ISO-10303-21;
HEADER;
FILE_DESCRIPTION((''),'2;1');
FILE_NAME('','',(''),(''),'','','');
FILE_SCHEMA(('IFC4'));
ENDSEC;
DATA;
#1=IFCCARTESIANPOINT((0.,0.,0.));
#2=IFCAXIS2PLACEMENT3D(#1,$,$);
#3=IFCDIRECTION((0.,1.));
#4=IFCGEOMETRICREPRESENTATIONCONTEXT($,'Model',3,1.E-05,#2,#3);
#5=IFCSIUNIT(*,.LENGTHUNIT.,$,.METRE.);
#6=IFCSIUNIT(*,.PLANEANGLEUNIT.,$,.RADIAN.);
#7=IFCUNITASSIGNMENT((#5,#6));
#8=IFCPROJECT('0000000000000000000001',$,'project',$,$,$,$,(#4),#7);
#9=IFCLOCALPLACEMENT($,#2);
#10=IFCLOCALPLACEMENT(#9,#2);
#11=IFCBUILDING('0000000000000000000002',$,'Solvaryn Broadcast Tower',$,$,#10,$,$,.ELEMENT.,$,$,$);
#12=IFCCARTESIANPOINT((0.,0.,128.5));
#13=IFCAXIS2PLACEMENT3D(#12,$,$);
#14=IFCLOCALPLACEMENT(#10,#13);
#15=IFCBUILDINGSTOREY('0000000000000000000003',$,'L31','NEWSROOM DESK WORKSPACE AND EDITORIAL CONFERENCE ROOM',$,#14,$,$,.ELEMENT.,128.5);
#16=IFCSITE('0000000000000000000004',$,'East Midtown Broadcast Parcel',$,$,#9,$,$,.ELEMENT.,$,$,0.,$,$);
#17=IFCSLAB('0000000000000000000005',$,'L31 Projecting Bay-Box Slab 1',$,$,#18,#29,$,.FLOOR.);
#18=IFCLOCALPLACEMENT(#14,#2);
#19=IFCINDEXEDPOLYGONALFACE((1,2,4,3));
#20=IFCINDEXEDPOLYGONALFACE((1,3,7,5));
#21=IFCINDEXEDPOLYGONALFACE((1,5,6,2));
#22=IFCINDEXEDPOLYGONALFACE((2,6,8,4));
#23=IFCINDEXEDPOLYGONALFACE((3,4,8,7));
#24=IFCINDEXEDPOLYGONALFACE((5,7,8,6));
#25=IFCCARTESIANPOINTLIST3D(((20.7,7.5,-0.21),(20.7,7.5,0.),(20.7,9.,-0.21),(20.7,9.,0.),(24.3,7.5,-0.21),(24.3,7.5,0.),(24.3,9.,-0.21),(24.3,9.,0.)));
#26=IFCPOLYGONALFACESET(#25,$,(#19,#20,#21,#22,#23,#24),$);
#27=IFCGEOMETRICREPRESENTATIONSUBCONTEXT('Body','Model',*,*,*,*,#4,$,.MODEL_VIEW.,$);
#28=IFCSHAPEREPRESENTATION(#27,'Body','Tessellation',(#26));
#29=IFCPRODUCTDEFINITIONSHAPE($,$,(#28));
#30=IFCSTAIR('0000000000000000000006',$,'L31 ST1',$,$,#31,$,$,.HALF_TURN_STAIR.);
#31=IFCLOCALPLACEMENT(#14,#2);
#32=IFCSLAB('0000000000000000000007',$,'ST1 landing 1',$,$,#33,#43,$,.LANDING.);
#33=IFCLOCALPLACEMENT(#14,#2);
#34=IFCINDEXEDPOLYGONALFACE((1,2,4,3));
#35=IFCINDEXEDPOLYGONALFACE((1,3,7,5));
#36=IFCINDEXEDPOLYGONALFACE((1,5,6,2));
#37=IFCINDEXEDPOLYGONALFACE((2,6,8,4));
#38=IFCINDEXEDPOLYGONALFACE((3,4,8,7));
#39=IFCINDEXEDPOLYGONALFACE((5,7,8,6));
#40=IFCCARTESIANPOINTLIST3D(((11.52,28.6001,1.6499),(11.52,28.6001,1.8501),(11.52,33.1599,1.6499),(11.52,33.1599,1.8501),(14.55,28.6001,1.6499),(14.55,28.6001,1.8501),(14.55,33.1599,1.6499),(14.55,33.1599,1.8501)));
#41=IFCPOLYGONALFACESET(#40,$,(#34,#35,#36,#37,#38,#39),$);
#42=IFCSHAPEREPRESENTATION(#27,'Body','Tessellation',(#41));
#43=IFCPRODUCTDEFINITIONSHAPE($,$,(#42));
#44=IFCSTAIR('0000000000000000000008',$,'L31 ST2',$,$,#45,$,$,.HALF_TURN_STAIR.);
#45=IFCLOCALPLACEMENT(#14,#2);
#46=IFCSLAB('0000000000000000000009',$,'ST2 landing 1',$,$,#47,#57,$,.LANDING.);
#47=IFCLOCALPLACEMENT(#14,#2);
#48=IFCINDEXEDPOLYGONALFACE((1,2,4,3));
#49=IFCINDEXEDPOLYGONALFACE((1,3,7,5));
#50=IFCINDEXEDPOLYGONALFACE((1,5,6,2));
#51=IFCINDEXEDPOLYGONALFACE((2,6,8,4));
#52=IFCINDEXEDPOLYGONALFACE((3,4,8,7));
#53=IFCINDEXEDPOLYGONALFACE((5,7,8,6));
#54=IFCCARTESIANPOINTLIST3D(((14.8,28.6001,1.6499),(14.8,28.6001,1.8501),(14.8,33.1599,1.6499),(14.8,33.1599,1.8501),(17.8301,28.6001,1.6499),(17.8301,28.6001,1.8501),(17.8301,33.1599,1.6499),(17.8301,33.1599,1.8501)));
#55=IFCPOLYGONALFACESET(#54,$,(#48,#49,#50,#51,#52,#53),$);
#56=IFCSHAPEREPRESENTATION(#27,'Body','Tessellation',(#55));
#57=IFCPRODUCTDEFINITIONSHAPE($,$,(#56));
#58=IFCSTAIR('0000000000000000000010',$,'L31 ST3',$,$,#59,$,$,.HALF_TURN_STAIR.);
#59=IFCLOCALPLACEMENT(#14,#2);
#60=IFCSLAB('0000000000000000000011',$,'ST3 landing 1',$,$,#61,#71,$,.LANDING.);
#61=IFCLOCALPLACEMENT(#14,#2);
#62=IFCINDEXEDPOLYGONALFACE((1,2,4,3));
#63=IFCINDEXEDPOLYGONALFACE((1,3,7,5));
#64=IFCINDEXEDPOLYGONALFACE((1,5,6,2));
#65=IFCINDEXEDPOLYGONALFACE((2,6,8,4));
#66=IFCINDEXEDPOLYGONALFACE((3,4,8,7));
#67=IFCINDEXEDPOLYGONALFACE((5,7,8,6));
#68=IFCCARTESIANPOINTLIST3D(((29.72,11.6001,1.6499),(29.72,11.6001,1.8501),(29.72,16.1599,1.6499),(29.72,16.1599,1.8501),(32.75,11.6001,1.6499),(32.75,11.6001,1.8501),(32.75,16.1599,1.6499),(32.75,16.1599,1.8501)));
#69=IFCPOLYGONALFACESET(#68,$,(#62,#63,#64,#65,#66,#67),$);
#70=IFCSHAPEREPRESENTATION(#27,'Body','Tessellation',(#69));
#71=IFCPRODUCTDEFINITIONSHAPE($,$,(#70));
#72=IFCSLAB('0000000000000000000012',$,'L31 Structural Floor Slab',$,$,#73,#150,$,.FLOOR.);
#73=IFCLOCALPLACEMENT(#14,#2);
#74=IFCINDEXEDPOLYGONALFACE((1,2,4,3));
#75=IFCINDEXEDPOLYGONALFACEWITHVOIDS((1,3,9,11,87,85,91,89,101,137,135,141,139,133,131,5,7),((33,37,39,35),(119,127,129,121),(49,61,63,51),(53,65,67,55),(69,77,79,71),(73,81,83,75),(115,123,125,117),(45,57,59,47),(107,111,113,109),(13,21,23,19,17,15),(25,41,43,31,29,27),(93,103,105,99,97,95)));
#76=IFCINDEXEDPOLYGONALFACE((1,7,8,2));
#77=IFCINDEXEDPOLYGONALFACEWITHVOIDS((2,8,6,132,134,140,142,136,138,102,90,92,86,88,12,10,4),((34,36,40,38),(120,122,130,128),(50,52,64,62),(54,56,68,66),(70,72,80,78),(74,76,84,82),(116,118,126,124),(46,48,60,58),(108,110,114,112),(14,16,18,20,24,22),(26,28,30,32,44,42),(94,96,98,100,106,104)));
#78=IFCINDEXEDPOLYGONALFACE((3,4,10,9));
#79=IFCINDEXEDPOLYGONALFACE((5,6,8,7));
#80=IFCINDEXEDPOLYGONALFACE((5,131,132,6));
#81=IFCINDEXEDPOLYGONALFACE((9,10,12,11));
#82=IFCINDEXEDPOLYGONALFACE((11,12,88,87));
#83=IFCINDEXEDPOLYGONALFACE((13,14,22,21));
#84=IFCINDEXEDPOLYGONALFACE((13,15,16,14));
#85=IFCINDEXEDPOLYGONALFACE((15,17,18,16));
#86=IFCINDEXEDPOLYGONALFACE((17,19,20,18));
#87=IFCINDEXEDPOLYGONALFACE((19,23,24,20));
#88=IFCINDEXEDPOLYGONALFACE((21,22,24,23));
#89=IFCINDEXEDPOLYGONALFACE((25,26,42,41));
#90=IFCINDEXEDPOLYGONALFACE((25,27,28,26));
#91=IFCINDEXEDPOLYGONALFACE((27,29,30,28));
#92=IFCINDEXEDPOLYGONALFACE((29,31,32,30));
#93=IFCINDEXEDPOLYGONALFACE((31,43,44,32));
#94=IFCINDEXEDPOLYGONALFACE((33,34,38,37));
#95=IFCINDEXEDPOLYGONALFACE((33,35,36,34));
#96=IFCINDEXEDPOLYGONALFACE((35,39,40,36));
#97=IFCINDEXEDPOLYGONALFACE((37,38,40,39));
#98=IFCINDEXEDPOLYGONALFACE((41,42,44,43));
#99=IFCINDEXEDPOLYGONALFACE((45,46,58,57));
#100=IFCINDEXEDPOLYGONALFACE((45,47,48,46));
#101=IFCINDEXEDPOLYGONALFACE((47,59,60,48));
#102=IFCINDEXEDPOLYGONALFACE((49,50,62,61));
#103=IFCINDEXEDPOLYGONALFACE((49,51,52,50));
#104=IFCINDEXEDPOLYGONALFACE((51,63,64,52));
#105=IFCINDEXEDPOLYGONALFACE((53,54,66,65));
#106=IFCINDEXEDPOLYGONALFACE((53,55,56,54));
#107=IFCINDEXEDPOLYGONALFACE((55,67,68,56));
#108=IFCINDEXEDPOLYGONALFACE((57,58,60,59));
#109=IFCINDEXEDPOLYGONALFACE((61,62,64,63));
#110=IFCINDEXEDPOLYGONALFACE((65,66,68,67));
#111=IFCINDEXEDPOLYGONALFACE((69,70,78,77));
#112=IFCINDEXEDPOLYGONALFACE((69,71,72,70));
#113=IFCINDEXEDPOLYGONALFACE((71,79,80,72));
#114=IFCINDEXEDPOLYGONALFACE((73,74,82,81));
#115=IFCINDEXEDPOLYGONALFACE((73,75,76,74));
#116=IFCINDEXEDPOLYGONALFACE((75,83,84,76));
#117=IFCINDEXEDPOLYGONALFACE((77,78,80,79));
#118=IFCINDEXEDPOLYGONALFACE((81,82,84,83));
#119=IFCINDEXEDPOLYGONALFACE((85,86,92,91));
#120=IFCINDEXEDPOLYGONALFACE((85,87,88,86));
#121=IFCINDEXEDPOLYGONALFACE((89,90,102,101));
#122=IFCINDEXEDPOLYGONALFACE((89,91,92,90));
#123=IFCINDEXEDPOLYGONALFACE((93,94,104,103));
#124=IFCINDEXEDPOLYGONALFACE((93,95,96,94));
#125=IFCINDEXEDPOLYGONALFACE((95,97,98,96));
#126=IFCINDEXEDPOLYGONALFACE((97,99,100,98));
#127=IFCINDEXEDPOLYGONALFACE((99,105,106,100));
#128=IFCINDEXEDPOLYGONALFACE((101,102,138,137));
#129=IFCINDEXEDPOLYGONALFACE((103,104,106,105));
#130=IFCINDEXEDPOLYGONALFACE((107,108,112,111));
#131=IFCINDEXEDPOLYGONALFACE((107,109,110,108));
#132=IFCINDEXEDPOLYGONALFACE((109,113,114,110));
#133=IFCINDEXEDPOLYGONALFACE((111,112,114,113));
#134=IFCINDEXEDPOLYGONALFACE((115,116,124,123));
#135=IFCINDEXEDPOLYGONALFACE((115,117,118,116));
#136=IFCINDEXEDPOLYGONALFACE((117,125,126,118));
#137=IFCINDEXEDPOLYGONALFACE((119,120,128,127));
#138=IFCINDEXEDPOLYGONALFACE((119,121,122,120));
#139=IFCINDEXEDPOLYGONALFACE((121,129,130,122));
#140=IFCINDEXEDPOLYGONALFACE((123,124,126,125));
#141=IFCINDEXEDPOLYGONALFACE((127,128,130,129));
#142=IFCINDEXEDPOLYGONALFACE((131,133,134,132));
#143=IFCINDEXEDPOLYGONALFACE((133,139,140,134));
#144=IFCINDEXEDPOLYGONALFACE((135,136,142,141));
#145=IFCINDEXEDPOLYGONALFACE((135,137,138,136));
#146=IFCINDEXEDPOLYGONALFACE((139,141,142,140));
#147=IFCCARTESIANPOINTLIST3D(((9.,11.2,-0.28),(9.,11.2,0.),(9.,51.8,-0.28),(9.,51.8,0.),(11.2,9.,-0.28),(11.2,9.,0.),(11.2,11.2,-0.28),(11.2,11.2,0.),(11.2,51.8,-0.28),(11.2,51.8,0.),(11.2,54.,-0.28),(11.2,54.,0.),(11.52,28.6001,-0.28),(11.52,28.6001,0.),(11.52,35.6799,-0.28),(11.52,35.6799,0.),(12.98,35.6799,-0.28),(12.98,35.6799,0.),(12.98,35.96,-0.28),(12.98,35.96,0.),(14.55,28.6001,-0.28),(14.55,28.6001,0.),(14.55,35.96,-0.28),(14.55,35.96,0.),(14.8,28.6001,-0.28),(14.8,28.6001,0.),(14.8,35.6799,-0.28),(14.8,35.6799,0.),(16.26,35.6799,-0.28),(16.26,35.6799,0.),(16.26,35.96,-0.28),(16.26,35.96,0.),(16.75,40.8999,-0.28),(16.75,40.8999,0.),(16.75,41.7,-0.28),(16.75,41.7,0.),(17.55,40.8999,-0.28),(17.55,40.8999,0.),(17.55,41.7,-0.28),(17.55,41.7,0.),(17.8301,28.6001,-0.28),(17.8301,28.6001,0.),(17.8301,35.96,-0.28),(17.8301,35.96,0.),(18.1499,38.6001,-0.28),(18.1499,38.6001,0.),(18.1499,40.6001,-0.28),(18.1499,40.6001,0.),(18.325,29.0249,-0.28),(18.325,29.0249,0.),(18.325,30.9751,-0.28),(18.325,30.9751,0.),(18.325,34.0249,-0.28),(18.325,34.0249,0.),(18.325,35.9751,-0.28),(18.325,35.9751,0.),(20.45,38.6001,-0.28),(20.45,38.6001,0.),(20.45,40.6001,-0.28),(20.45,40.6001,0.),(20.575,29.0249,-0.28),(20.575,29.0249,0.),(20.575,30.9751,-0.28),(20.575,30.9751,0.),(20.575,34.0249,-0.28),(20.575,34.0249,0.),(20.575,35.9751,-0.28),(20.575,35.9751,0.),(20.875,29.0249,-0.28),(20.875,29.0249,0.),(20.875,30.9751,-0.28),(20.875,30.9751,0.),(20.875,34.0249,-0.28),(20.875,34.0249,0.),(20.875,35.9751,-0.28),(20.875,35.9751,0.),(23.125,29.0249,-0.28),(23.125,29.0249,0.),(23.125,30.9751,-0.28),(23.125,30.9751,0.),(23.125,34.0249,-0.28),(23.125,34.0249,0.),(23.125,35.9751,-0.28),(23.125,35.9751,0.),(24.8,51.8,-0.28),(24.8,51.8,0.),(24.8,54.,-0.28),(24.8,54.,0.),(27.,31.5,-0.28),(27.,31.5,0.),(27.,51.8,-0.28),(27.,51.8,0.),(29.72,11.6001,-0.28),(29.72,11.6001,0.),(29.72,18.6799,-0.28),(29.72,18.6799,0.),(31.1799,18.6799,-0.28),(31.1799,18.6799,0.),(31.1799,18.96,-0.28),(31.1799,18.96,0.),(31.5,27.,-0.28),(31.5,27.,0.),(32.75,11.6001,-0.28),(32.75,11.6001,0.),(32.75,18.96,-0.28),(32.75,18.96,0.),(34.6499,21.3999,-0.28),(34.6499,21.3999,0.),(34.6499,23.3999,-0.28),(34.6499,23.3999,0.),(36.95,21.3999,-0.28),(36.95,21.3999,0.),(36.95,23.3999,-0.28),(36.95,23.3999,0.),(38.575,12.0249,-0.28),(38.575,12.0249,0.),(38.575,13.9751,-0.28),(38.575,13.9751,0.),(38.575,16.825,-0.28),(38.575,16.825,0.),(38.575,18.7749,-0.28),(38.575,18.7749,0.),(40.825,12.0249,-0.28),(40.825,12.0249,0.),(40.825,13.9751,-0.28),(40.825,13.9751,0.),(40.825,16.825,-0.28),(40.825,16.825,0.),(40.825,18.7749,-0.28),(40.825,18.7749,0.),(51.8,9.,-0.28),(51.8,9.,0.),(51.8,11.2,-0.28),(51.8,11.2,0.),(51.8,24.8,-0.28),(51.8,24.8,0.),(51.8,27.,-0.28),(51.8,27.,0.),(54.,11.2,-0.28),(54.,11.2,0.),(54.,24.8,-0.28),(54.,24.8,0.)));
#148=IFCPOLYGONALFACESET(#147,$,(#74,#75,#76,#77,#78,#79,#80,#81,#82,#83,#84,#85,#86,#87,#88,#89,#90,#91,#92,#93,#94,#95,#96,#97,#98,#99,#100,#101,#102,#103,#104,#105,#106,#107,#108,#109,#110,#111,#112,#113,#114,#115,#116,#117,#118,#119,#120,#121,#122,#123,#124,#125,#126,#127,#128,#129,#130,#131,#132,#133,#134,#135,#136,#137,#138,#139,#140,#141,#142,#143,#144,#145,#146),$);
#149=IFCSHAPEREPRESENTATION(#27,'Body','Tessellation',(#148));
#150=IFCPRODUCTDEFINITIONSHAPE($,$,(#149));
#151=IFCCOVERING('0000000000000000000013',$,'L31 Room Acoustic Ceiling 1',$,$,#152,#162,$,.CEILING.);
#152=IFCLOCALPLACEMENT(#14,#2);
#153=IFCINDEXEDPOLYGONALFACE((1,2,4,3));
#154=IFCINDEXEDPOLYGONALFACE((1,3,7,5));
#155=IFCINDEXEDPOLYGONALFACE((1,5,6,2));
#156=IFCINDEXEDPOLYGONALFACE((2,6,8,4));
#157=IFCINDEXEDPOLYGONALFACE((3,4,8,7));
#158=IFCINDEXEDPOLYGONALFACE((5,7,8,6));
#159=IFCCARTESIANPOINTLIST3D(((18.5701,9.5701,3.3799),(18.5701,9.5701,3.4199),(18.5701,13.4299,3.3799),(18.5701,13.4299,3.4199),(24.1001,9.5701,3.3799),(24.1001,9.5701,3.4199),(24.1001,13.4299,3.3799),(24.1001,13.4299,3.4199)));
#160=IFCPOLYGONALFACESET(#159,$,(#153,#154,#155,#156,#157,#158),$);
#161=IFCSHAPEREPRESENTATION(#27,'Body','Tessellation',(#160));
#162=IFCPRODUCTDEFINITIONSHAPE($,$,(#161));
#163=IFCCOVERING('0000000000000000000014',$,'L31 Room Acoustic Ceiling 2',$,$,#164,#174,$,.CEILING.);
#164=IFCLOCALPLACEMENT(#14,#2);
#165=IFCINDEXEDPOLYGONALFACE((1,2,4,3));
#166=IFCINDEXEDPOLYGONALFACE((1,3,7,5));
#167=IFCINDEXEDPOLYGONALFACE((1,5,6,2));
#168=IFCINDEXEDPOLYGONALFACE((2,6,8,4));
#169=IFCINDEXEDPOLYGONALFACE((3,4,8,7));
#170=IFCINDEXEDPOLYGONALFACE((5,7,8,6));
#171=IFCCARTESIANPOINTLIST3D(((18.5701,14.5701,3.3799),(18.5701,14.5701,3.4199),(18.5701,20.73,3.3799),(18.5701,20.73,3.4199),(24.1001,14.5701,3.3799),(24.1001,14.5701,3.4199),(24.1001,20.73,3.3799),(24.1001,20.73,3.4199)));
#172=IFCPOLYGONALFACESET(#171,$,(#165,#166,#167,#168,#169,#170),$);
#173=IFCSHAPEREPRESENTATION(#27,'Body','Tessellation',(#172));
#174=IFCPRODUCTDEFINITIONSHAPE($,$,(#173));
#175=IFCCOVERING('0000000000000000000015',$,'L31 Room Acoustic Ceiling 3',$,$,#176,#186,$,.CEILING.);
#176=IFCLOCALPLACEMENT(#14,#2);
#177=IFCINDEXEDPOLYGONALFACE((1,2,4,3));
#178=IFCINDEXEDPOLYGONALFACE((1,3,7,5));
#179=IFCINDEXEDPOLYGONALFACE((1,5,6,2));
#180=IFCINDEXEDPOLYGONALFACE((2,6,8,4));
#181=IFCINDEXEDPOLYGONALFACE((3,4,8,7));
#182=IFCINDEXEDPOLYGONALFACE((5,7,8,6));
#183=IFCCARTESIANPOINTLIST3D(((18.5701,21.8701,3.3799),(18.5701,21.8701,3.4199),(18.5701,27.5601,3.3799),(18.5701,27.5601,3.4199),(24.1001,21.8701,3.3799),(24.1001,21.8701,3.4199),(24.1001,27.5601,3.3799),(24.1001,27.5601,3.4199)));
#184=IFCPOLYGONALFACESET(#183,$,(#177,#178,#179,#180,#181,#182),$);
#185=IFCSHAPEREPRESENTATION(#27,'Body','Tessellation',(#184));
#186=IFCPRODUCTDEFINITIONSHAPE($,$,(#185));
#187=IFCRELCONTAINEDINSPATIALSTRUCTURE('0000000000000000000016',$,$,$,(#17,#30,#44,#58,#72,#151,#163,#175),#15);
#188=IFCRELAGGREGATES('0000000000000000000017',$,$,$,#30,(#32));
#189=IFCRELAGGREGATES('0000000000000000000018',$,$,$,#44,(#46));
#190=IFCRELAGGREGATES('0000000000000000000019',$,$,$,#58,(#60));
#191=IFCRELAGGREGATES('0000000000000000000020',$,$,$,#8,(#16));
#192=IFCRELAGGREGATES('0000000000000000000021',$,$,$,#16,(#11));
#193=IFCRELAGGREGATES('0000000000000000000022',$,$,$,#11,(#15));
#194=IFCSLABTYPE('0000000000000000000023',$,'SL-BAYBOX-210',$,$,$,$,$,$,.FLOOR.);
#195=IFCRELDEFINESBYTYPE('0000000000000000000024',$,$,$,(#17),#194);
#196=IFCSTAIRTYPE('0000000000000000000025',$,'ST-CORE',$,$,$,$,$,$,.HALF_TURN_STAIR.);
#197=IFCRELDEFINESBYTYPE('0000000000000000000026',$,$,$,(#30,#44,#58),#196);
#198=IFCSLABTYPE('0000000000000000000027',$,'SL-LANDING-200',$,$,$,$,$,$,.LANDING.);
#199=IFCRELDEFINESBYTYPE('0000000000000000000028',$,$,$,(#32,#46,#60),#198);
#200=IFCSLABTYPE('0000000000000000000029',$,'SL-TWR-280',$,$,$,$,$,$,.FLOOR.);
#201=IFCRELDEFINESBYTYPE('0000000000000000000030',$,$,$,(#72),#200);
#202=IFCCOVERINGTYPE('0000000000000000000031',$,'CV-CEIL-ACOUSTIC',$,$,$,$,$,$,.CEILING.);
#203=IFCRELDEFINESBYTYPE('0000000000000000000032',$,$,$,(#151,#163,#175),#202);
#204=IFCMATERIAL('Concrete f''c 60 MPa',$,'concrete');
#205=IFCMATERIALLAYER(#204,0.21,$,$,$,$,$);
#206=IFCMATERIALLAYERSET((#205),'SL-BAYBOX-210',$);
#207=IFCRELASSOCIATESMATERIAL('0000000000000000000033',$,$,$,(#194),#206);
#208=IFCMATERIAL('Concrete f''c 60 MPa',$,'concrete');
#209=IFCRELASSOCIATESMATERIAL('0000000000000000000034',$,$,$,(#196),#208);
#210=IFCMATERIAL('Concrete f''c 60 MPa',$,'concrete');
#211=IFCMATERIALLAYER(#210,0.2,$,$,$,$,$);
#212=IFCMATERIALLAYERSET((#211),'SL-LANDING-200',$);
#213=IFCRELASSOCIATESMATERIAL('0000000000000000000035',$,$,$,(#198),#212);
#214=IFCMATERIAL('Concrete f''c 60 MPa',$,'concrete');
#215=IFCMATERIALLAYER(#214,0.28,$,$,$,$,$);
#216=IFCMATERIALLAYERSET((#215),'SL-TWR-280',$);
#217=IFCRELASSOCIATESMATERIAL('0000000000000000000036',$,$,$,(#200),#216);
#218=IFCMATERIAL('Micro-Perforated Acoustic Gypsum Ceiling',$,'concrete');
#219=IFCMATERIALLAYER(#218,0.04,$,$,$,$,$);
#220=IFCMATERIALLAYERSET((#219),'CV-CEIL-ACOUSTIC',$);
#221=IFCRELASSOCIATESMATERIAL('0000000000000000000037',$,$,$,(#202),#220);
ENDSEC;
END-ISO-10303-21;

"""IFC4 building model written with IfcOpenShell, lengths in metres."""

from ifc_helpers import new_model, si_unit, direction, frame, origin, place, context, subcontext, project, spatial, polyline, outline, extrude, material, layer, layer_set, type_object, element, aggregate, save


model = new_model("IFC4")

# Units and contexts
model_context = context("Model", 3, precision=1e-05, world=origin(), true_north=direction((0.0, 1.0)))
body_context = subcontext(model_context, "Body", "Model", "MODEL_VIEW")
ifc_project = project(units=[si_unit("LENGTHUNIT", "METRE"), si_unit("PLANEANGLEUNIT", "RADIAN")], contexts=[model_context])

# Site, building, storey
site_placement = place(None, origin())
site = spatial("IfcSite", under=ifc_project, at=site_placement, Name="East Midtown Broadcast Parcel", CompositionType="ELEMENT", RefElevation=0.0)
building_placement = place(site_placement, origin())
building = spatial("IfcBuilding", under=site, at=building_placement, Name="Solvaryn Broadcast Tower", CompositionType="ELEMENT")
storey_placement = place(building_placement, frame((0.0, 0.0, 128.5)))
storey = spatial("IfcBuildingStorey", under=building, at=storey_placement, Name="L31", Description="NEWSROOM DESK WORKSPACE AND EDITORIAL CONFERENCE ROOM", CompositionType="ELEMENT", Elevation=128.5)

# Slab
ifc_material_1 = material(Name="Concrete f'c 60 MPa", Category="concrete")
ifc_layer_1 = layer(ifc_material_1, 0.21)
ifc_layer_set_1 = layer_set([ifc_layer_1], Name="SL-BAYBOX-210")
slab_type_1 = type_object("IfcSlabType", Name="SL-BAYBOX-210", PredefinedType="FLOOR", material=ifc_layer_set_1)
slab_1_placement = place(storey_placement, frame((0.0, 0.0, -0.21)))
element("IfcSlab", 1, at=slab_1_placement, inside=storey, type_object=slab_type_1, Name="L31 Projecting Bay-Box Slab 1", PredefinedType="FLOOR", context=body_context, shape_type="SweptSolid", body=[
    extrude(outline(polyline([(20.7, 7.5), (24.3, 7.5), (24.3, 9.0), (20.7, 9.0), (20.7, 7.5)])), origin(), (0.0, 0.0, 1.0), 0.21),
])

# Stairs, slabs
ifc_material_2 = material(Name="Concrete f'c 60 MPa", Category="concrete")
stair_type = type_object("IfcStairType", Name="ST-CORE", PredefinedType="HALF_TURN_STAIR", material=ifc_material_2)
stair_1_placement = place(storey_placement, origin())
stair_1 = element("IfcStair", 2, at=stair_1_placement, inside=storey, type_object=stair_type, Name="L31 ST1", PredefinedType="HALF_TURN_STAIR")
ifc_material_3 = material(Name="Concrete f'c 60 MPa", Category="concrete")
ifc_layer_2 = layer(ifc_material_3, 0.2)
ifc_layer_set_2 = layer_set([ifc_layer_2], Name="SL-LANDING-200")
slab_type_2 = type_object("IfcSlabType", Name="SL-LANDING-200", PredefinedType="LANDING", material=ifc_layer_set_2)
slab_2_placement = place(storey_placement, frame((0.0, 0.0, 1.6499)))
slab_2 = element("IfcSlab", 3, at=slab_2_placement, type_object=slab_type_2, Name="ST1 landing 1", PredefinedType="LANDING", context=body_context, shape_type="SweptSolid", body=[
    extrude(outline(polyline([(11.52, 33.1599), (11.52, 28.6001), (14.55, 28.6001), (14.55, 33.1599), (11.52, 33.1599)])), origin(), (0.0, 0.0, 1.0), 0.2002),
])
aggregate(stair_1, [slab_2])
stair_2_placement = place(storey_placement, origin())
stair_2 = element("IfcStair", 4, at=stair_2_placement, inside=storey, type_object=stair_type, Name="L31 ST2", PredefinedType="HALF_TURN_STAIR")
slab_3_placement = place(storey_placement, frame((0.0, 0.0, 1.6499)))
slab_3 = element("IfcSlab", 5, at=slab_3_placement, type_object=slab_type_2, Name="ST2 landing 1", PredefinedType="LANDING", context=body_context, shape_type="SweptSolid", body=[
    extrude(outline(polyline([(14.8, 33.1599), (14.8, 28.6001), (17.8301, 28.6001), (17.8301, 33.1599), (14.8, 33.1599)])), origin(), (0.0, 0.0, 1.0), 0.2002),
])
aggregate(stair_2, [slab_3])
stair_3_placement = place(storey_placement, origin())
stair_3 = element("IfcStair", 6, at=stair_3_placement, inside=storey, type_object=stair_type, Name="L31 ST3", PredefinedType="HALF_TURN_STAIR")
slab_4_placement = place(storey_placement, frame((0.0, 0.0, 1.6499)))
slab_4 = element("IfcSlab", 7, at=slab_4_placement, type_object=slab_type_2, Name="ST3 landing 1", PredefinedType="LANDING", context=body_context, shape_type="SweptSolid", body=[
    extrude(outline(polyline([(29.72, 16.1599), (29.72, 11.6001), (32.75, 11.6001), (32.75, 16.1599), (29.72, 16.1599)])), origin(), (0.0, 0.0, 1.0), 0.2002),
])
aggregate(stair_3, [slab_4])

# Slab
ifc_material_4 = material(Name="Concrete f'c 60 MPa", Category="concrete")
ifc_layer_3 = layer(ifc_material_4, 0.28)
ifc_layer_set_3 = layer_set([ifc_layer_3], Name="SL-TWR-280")
slab_type_3 = type_object("IfcSlabType", Name="SL-TWR-280", PredefinedType="FLOOR", material=ifc_layer_set_3)
slab_5_placement = place(storey_placement, frame((0.0, 0.0, -0.28)))
element("IfcSlab", 8, at=slab_5_placement, inside=storey, type_object=slab_type_3, Name="L31 Structural Floor Slab", PredefinedType="FLOOR", context=body_context, shape_type="SweptSolid", body=[
    extrude(outline(polyline([(11.2, 9.0), (51.8, 9.0), (51.8, 11.2), (54.0, 11.2), (54.0, 24.8), (51.8, 24.8), (51.8, 27.0), (31.5, 27.0), (27.0, 31.5), (27.0, 51.8), (24.8, 51.8), (24.8, 54.0), (11.2, 54.0), (11.2, 51.8), (9.0, 51.8), (9.0, 11.2), (11.2, 11.2), (11.2, 9.0)]), holes=[polyline([(11.52, 28.6001), (14.55, 28.6001), (14.55, 35.96), (12.98, 35.96), (12.98, 35.6799), (11.52, 35.6799), (11.52, 28.6001)]), polyline([(14.8, 28.6001), (17.8301, 28.6001), (17.8301, 35.96), (16.26, 35.96), (16.26, 35.6799), (14.8, 35.6799), (14.8, 28.6001)]), polyline([(29.72, 11.6001), (32.75, 11.6001), (32.75, 18.96), (31.1799, 18.96), (31.1799, 18.6799), (29.72, 18.6799), (29.72, 11.6001)]), polyline([(18.1499, 38.6001), (20.45, 38.6001), (20.45, 40.6001), (18.1499, 40.6001), (18.1499, 38.6001)]), polyline([(18.325, 29.0249), (20.575, 29.0249), (20.575, 30.9751), (18.325, 30.9751), (18.325, 29.0249)]), polyline([(20.875, 29.0249), (23.125, 29.0249), (23.125, 30.9751), (20.875, 30.9751), (20.875, 29.0249)]), polyline([(18.325, 34.0249), (20.575, 34.0249), (20.575, 35.9751), (18.325, 35.9751), (18.325, 34.0249)]), polyline([(20.875, 34.0249), (23.125, 34.0249), (23.125, 35.9751), (20.875, 35.9751), (20.875, 34.0249)]), polyline([(34.6499, 21.3999), (36.95, 21.3999), (36.95, 23.3999), (34.6499, 23.3999), (34.6499, 21.3999)]), polyline([(38.575, 12.0249), (40.825, 12.0249), (40.825, 13.9751), (38.575, 13.9751), (38.575, 12.0249)]), polyline([(38.575, 16.825), (40.825, 16.825), (40.825, 18.7749), (38.575, 18.7749), (38.575, 16.825)]), polyline([(16.75, 40.8999), (17.55, 40.8999), (17.55, 41.7), (16.75, 41.7), (16.75, 40.8999)])]), origin(), (0.0, 0.0, 1.0), 0.28),
])

# Coverings
ifc_material_5 = material(Name="Micro-Perforated Acoustic Gypsum Ceiling", Category="concrete")
ifc_layer_4 = layer(ifc_material_5, 0.04)
ifc_layer_set_4 = layer_set([ifc_layer_4], Name="CV-CEIL-ACOUSTIC")
covering_type_1 = type_object("IfcCoveringType", Name="CV-CEIL-ACOUSTIC", PredefinedType="CEILING", material=ifc_layer_set_4)
covering_1_placement = place(storey_placement, frame((0.0, 0.0, 3.3799)))
element("IfcCovering", 9, at=covering_1_placement, inside=storey, type_object=covering_type_1, Name="L31 Room Acoustic Ceiling 1", PredefinedType="CEILING", context=body_context, shape_type="SweptSolid", body=[
    extrude(outline(polyline([(18.5701, 9.5701), (24.1001, 9.5701), (24.1001, 13.4299), (18.5701, 13.4299), (18.5701, 9.5701)])), origin(), (0.0, 0.0, 1.0), 0.04),
])
covering_2_placement = place(storey_placement, frame((0.0, 0.0, 3.3799)))
element("IfcCovering", 10, at=covering_2_placement, inside=storey, type_object=covering_type_1, Name="L31 Room Acoustic Ceiling 2", PredefinedType="CEILING", context=body_context, shape_type="SweptSolid", body=[
    extrude(outline(polyline([(18.5701, 14.5701), (24.1001, 14.5701), (24.1001, 20.73), (18.5701, 20.73), (18.5701, 14.5701)])), origin(), (0.0, 0.0, 1.0), 0.04),
])
covering_3_placement = place(storey_placement, frame((0.0, 0.0, 3.3799)))
element("IfcCovering", 11, at=covering_3_placement, inside=storey, type_object=covering_type_1, Name="L31 Room Acoustic Ceiling 3", PredefinedType="CEILING", context=body_context, shape_type="SweptSolid", body=[
    extrude(outline(polyline([(18.5701, 21.8701), (24.1001, 21.8701), (24.1001, 27.5601), (18.5701, 27.5601), (18.5701, 21.8701)])), origin(), (0.0, 0.0, 1.0), 0.04),
])

save(model, "model.ifc")
